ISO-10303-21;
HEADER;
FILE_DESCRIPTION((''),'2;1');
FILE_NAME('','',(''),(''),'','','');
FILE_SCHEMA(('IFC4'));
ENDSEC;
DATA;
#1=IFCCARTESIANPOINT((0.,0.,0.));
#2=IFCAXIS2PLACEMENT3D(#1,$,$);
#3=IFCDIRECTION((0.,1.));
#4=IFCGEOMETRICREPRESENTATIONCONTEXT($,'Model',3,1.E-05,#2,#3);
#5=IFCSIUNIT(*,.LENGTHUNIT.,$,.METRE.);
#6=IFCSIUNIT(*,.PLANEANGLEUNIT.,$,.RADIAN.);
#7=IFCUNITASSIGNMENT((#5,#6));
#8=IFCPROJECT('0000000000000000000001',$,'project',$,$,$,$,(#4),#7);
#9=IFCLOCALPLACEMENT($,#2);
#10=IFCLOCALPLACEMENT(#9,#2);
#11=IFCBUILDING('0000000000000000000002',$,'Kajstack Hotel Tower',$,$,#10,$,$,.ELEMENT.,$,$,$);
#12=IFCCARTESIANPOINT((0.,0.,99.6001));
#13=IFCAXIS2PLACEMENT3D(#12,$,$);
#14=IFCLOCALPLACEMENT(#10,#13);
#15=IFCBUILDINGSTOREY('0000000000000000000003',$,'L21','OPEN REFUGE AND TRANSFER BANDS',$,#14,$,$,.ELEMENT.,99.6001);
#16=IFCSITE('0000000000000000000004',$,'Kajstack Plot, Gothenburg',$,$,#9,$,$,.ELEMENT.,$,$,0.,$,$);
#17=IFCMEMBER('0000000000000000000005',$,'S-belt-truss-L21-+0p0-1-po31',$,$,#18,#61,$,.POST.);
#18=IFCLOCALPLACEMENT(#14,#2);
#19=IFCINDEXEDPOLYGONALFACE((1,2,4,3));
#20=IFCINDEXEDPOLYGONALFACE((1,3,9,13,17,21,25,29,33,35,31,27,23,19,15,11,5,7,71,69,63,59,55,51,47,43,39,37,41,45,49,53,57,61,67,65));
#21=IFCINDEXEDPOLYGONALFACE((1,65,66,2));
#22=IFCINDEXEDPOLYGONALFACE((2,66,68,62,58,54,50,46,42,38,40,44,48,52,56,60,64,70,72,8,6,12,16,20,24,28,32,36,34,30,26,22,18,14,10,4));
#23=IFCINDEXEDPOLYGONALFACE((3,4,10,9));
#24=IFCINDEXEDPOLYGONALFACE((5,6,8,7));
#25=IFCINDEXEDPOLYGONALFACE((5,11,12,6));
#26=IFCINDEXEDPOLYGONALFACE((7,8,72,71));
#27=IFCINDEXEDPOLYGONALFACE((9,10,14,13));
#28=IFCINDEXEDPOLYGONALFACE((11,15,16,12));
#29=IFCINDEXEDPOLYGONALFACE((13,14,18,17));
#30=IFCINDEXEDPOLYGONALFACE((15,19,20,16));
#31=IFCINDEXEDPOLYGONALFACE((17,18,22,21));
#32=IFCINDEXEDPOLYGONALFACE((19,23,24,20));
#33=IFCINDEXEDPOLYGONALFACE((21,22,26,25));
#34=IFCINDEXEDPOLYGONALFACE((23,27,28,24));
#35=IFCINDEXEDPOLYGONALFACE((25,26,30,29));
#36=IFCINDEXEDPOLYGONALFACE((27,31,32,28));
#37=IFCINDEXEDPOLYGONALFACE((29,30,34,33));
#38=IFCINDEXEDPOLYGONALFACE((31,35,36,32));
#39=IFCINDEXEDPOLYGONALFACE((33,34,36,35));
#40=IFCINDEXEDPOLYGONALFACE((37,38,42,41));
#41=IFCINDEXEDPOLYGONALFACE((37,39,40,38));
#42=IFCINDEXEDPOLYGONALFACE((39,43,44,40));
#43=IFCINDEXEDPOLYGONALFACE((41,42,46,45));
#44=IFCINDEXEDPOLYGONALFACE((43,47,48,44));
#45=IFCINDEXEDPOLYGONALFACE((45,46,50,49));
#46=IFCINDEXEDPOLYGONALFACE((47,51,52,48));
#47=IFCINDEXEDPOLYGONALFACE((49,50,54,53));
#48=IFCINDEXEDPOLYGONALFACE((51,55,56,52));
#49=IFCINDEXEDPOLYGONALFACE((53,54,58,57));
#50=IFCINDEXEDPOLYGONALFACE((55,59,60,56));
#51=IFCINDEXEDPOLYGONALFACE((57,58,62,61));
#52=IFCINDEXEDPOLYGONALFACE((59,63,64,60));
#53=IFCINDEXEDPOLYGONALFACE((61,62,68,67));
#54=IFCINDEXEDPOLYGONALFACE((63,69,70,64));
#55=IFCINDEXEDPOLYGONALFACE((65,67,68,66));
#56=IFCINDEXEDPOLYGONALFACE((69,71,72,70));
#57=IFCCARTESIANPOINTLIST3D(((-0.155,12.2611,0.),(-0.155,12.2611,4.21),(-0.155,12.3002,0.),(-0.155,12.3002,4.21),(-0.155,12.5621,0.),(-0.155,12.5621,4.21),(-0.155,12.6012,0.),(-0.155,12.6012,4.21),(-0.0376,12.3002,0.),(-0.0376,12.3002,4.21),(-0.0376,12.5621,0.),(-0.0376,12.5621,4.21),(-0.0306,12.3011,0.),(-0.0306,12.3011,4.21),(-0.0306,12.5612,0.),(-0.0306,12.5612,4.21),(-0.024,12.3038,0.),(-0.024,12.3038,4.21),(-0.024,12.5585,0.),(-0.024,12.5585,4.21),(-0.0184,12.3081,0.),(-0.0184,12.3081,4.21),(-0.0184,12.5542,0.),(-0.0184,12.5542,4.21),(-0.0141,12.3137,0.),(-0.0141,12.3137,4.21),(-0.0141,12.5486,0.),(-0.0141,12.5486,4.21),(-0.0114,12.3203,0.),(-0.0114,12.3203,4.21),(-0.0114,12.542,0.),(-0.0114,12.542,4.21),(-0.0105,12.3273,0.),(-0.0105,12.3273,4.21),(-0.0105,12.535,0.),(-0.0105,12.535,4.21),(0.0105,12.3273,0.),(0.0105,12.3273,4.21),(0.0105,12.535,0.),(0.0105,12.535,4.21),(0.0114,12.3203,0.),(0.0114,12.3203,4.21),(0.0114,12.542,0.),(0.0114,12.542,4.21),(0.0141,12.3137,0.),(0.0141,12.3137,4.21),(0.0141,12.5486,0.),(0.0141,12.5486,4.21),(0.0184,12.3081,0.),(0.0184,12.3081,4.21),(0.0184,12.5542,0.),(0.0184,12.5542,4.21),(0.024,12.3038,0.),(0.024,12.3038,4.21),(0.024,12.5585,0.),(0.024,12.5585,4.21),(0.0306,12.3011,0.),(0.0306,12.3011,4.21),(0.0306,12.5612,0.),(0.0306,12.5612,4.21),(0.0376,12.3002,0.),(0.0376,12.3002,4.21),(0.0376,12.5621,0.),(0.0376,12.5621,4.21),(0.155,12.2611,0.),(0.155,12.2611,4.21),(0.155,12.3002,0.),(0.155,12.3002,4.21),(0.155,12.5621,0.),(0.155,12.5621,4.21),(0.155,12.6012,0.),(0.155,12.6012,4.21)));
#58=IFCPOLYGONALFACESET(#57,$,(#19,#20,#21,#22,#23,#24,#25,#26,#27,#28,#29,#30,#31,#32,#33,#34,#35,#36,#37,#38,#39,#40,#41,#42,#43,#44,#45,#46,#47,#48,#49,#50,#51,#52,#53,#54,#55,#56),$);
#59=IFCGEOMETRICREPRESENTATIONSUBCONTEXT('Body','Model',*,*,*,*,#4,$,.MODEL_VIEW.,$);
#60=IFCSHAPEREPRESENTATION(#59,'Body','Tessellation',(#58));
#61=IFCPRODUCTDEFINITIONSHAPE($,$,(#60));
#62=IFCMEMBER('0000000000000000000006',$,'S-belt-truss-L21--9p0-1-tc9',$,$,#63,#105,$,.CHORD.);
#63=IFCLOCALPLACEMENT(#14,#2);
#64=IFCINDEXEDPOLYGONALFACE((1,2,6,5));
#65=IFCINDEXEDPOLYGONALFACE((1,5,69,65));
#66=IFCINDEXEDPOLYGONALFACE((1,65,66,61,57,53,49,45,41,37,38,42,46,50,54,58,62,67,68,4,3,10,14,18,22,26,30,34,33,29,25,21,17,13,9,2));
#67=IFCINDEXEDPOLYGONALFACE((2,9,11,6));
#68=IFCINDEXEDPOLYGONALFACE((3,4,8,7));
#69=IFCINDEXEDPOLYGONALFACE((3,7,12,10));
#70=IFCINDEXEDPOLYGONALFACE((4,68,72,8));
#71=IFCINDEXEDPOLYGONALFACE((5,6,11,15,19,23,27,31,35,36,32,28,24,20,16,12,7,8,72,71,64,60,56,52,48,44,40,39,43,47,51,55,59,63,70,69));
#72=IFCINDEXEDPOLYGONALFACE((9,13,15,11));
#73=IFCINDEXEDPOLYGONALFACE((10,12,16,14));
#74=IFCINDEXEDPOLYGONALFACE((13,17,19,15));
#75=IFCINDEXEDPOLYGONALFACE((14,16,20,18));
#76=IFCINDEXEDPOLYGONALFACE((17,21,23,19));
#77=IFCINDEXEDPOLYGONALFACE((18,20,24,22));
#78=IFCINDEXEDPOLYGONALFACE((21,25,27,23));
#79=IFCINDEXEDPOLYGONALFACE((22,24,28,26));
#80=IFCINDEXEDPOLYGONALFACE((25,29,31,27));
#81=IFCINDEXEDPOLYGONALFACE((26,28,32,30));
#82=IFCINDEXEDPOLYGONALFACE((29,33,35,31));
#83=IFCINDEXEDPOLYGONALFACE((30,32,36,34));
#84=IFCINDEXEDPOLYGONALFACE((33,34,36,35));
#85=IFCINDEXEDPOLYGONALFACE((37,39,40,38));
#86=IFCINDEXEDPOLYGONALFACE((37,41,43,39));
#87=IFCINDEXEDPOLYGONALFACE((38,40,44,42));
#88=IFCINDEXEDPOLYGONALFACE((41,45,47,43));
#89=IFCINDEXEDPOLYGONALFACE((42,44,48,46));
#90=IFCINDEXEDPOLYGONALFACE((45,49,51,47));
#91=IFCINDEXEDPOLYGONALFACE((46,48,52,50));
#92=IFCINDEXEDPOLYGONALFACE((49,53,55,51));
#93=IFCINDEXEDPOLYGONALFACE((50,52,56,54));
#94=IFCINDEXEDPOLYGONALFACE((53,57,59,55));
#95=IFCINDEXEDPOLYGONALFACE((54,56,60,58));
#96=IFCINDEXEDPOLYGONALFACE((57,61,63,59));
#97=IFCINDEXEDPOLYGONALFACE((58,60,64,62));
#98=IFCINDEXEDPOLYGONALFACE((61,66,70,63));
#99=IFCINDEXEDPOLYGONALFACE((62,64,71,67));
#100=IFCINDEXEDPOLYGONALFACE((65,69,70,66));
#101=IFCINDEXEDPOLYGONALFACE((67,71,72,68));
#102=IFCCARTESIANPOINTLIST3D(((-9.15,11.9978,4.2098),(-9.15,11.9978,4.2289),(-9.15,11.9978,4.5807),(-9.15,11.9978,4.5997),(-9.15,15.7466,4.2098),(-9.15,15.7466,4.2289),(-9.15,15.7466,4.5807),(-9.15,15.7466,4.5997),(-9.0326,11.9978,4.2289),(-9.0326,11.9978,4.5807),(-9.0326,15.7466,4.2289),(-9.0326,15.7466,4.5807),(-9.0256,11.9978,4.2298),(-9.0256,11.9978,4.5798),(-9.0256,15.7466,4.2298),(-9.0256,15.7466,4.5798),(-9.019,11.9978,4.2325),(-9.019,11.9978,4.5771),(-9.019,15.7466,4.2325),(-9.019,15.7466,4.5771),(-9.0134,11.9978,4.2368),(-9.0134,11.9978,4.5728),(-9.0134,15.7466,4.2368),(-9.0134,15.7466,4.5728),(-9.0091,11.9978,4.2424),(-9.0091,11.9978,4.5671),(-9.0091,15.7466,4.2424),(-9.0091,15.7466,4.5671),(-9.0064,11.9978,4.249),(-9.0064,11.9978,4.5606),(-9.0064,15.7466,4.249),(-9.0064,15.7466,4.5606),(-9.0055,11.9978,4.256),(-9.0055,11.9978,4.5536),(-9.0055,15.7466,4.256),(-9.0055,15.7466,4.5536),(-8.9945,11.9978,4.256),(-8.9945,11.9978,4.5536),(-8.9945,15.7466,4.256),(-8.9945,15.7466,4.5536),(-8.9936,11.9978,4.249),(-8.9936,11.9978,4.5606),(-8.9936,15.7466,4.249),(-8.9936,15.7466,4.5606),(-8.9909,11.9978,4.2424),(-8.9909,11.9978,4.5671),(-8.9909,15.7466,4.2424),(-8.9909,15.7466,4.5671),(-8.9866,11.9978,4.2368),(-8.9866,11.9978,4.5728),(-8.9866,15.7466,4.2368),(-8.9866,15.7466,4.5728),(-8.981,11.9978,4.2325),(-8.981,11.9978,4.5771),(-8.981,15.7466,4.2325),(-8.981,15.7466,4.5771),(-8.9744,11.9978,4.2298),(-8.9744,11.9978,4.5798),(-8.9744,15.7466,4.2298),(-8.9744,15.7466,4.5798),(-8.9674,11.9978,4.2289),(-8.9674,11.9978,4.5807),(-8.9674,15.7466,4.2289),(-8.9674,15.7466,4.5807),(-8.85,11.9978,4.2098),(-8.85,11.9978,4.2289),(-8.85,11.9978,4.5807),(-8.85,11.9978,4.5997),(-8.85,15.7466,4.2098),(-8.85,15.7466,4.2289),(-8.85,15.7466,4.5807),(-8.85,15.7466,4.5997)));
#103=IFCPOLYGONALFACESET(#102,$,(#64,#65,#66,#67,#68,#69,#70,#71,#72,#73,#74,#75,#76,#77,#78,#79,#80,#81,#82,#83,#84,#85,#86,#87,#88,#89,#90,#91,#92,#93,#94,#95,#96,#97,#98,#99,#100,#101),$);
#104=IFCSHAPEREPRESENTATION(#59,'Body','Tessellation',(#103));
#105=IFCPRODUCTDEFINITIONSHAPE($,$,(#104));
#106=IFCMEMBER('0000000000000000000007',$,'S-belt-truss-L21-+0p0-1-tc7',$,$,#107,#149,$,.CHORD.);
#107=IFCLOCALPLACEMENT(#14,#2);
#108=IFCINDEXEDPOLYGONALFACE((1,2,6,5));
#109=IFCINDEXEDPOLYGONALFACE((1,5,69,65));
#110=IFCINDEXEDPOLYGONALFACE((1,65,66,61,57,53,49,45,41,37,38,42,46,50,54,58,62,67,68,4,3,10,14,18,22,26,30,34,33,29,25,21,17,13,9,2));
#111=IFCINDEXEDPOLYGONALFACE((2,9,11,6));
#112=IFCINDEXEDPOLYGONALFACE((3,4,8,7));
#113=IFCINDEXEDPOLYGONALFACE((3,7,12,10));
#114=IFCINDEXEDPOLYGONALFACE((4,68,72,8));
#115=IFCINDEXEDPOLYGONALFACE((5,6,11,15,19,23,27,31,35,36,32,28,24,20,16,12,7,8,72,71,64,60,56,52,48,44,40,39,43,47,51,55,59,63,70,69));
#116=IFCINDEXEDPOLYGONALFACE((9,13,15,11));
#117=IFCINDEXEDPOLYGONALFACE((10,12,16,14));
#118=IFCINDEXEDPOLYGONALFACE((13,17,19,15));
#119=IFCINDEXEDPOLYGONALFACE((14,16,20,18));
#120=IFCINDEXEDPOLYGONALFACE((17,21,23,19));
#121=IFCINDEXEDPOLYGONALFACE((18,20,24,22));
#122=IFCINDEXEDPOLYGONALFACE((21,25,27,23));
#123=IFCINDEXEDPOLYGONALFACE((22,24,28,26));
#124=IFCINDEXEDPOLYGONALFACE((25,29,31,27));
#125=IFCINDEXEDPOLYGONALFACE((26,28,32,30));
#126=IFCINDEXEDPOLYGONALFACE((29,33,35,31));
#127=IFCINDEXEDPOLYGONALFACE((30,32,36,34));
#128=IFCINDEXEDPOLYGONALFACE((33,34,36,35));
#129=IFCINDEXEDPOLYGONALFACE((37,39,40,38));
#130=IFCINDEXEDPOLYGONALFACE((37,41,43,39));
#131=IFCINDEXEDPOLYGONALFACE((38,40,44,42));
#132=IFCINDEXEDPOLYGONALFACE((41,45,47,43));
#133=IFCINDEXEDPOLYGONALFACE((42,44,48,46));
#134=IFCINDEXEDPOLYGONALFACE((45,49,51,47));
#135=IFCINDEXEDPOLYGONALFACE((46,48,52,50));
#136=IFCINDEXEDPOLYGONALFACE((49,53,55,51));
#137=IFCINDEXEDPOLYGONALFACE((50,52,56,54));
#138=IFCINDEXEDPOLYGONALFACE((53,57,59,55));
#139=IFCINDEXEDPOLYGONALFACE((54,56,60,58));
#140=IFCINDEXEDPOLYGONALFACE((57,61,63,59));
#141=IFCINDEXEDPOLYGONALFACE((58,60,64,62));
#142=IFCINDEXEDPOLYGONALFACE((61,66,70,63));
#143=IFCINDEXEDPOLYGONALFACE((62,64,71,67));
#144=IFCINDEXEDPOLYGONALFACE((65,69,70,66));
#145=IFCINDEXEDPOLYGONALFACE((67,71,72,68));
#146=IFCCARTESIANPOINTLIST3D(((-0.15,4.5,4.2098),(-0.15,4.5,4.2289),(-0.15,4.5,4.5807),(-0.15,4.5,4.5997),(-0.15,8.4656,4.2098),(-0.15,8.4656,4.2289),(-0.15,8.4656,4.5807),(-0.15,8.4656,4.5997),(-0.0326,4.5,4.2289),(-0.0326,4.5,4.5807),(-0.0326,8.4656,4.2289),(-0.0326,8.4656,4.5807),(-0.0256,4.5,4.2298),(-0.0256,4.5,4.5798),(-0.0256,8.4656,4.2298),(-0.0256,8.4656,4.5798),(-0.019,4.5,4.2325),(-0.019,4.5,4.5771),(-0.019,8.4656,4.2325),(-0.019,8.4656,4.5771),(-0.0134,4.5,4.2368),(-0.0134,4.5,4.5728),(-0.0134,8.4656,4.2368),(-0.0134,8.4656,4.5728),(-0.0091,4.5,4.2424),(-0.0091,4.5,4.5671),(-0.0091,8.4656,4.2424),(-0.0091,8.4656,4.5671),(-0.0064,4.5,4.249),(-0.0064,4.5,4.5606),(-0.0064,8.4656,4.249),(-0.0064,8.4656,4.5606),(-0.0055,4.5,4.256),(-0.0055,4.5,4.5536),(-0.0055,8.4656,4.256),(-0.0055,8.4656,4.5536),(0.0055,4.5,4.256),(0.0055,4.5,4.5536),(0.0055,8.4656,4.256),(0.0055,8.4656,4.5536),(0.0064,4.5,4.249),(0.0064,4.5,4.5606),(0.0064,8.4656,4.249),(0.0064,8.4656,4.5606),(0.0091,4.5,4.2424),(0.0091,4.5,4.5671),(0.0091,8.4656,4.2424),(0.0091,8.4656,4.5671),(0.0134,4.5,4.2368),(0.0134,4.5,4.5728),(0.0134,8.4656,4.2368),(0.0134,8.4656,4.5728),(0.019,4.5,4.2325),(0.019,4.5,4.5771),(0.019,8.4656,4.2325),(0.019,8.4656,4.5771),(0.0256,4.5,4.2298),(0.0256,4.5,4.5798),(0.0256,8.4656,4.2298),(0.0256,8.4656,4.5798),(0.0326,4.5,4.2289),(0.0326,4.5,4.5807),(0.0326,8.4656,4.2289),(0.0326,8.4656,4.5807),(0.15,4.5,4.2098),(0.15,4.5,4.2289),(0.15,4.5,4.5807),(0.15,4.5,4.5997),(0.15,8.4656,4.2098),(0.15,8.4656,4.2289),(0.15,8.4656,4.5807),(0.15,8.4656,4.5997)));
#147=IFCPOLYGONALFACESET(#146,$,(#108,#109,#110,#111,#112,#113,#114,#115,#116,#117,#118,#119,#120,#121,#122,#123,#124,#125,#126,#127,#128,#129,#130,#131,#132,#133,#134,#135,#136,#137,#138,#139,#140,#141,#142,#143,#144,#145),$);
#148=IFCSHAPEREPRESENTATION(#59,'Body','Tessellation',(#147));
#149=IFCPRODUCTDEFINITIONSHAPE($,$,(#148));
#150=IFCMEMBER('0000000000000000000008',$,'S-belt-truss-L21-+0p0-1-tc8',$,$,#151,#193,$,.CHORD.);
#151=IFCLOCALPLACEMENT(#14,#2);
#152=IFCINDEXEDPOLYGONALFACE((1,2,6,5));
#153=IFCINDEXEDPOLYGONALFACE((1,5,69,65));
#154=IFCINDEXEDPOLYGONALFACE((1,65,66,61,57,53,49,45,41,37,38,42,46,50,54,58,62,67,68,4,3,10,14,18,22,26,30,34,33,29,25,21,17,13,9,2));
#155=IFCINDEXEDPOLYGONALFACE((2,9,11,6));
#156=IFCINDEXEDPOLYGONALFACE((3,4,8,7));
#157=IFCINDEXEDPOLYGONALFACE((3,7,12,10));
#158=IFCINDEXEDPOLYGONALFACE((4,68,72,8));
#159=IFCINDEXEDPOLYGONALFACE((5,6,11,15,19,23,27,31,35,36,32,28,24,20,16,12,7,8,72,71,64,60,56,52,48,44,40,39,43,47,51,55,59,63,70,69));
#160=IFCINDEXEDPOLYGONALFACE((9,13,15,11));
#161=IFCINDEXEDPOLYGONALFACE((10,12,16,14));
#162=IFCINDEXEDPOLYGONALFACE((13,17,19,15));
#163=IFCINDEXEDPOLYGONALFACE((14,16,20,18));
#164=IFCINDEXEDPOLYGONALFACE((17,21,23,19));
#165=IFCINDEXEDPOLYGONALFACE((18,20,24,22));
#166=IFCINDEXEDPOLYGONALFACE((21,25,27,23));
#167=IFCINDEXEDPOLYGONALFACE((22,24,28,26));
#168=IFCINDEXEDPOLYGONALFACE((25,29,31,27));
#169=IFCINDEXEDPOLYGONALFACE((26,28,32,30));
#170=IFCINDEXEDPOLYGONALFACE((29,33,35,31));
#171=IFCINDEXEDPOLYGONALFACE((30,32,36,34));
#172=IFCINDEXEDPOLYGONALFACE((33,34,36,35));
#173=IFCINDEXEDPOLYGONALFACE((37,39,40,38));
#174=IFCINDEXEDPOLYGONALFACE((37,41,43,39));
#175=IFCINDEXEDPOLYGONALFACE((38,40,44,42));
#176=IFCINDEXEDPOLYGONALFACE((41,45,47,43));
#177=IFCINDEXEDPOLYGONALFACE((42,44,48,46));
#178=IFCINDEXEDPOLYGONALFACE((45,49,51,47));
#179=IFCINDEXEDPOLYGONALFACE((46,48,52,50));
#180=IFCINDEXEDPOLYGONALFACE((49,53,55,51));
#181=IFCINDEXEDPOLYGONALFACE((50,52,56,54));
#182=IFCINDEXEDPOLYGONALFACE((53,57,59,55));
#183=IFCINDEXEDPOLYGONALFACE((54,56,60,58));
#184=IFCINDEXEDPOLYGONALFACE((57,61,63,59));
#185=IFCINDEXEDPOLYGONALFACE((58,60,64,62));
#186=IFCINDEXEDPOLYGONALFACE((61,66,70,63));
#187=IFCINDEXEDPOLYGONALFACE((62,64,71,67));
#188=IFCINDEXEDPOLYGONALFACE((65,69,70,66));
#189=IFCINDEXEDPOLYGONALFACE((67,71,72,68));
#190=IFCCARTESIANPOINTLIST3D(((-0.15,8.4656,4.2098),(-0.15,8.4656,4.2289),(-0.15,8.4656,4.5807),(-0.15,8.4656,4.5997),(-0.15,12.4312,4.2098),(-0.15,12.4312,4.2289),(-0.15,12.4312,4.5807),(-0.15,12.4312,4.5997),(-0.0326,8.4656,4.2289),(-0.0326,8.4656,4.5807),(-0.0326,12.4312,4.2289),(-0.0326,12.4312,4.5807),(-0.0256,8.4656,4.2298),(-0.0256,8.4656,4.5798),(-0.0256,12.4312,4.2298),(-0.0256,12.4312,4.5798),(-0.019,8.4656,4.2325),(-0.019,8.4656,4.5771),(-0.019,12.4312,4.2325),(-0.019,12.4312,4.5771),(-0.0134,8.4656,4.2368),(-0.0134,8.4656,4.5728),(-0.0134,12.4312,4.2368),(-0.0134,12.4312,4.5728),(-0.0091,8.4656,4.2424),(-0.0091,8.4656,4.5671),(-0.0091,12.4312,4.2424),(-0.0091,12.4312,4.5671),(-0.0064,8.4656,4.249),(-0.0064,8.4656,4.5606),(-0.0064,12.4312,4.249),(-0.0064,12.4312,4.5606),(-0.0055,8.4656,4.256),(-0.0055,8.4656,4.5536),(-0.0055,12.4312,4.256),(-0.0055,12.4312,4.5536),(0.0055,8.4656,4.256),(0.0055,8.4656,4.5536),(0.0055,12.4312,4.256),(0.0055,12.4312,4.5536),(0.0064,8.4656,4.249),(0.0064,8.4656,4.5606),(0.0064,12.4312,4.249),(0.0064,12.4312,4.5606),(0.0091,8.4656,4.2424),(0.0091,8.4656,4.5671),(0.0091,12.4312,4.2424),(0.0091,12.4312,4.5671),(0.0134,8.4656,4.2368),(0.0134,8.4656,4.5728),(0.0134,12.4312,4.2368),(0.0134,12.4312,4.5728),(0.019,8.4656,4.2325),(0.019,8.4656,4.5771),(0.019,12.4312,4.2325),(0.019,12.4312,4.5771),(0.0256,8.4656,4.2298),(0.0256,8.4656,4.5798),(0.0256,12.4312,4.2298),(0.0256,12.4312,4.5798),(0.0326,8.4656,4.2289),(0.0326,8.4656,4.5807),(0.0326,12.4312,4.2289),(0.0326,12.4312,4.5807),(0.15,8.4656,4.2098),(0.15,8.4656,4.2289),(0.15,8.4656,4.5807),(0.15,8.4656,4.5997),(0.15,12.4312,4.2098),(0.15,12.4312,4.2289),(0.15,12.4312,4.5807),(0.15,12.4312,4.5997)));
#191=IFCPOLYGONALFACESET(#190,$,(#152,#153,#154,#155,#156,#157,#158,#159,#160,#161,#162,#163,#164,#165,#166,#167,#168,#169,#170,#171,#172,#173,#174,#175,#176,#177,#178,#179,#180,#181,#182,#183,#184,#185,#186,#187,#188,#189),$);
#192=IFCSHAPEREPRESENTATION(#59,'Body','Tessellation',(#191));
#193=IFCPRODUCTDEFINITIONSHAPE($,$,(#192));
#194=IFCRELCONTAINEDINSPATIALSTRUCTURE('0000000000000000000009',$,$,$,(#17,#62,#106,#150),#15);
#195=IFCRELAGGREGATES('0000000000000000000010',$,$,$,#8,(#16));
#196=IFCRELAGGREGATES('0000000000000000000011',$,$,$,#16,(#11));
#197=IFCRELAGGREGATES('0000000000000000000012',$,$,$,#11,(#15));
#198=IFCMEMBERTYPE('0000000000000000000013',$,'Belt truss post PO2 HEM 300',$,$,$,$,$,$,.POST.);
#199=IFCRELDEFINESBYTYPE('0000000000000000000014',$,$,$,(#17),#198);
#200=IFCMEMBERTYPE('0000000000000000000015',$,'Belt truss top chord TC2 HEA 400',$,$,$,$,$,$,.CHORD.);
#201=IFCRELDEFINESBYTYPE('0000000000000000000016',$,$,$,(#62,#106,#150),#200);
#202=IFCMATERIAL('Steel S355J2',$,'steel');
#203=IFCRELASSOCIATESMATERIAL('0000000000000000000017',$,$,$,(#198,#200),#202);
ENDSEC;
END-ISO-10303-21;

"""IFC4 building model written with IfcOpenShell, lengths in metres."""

from ifc_helpers import new_model, si_unit, direction, frame, origin, origin_2d, place, context, subcontext, project, spatial, i_section, extrude, material, material_profile, profile_set, type_object, element, save


model = new_model("IFC4")

# Units and contexts
model_context = context("Model", 3, precision=1e-05, world=origin(), true_north=direction((0.0, 1.0)))
body_context = subcontext(model_context, "Body", "Model", "MODEL_VIEW")
ifc_project = project(units=[si_unit("LENGTHUNIT", "METRE"), si_unit("PLANEANGLEUNIT", "RADIAN")], contexts=[model_context])

# Site, building, storey
site_placement = place(None, origin())
site = spatial("IfcSite", under=ifc_project, at=site_placement, Name="Kajstack Plot, Gothenburg", CompositionType="ELEMENT", RefElevation=0.0)
building_placement = place(site_placement, origin())
building = spatial("IfcBuilding", under=site, at=building_placement, Name="Kajstack Hotel Tower", CompositionType="ELEMENT")
storey_placement = place(building_placement, frame((0.0, 0.0, 99.6001)))
storey = spatial("IfcBuildingStorey", under=building, at=storey_placement, Name="L21", Description="OPEN REFUGE AND TRANSFER BANDS", CompositionType="ELEMENT", Elevation=99.6001)

# Members
ifc_material_1 = material(Name="Steel S355J2", Category="steel")
ifc_material_profile_1 = material_profile(ifc_material_1, i_section(OverallWidth=0.3101, OverallDepth=0.3401, WebThickness=0.021, FlangeThickness=0.0391, FilletRadius=0.0271, at=origin_2d()), Name="HEM 300")
ifc_profile_set_1 = profile_set([ifc_material_profile_1], Name="Steel S355J2")
member_type_1 = type_object("IfcMemberType", Name="Belt truss post PO2 HEM 300", PredefinedType="POST", material=ifc_profile_set_1)
for number, where, z_axis, x_axis, name in (
    (1, (0.0, 12.4312, 0.0), (0.0, 0.0, 1.0), (1.0, 0.0, 0.0), "S-belt-truss-L21-+0p0-1-po31"),
):
    element("IfcMember", number, at=place(storey_placement, frame(where, z_axis=z_axis, x_axis=x_axis)), inside=storey, type_object=member_type_1, Name=name, PredefinedType="POST", context=body_context, shape_type="SweptSolid", body=[
        extrude(i_section(OverallWidth=0.3101, OverallDepth=0.3401, WebThickness=0.021, FlangeThickness=0.0391, FilletRadius=0.0271, at=origin_2d()), origin(), (0.0, 0.0, 1.0), 4.21),
    ])
ifc_material_profile_2 = material_profile(ifc_material_1, i_section(OverallWidth=0.3, OverallDepth=0.3899, WebThickness=0.011, FlangeThickness=0.019, FilletRadius=0.0271, at=origin_2d()), Name="HEA 400")
ifc_profile_set_2 = profile_set([ifc_material_profile_2], Name="Steel S355J2")
member_type_2 = type_object("IfcMemberType", Name="Belt truss top chord TC2 HEA 400", PredefinedType="CHORD", material=ifc_profile_set_2)
member_1_placement = place(storey_placement, frame((-9.0, 11.9978, 4.4048), z_axis=(0.0, 1.0, 0.0), x_axis=(-1.0, 0.0, 0.0)))
element("IfcMember", 2, at=member_1_placement, inside=storey, type_object=member_type_2, Name="S-belt-truss-L21--9p0-1-tc9", PredefinedType="CHORD", context=body_context, shape_type="SweptSolid", body=[
    extrude(i_section(OverallWidth=0.3, OverallDepth=0.3899, WebThickness=0.011, FlangeThickness=0.019, FilletRadius=0.0271, at=origin_2d()), origin(), (0.0, 0.0, 1.0), 3.7488),
])
for number, where, z_axis, x_axis, name in (
    (3, (0.0, 4.5, 4.4048), (0.0, 1.0, 0.0), (-1.0, 0.0, 0.0), "S-belt-truss-L21-+0p0-1-tc7"),
    (4, (0.0, 8.4656, 4.4048), (0.0, 1.0, 0.0), (-1.0, 0.0, 0.0), "S-belt-truss-L21-+0p0-1-tc8"),
):
    element("IfcMember", number, at=place(storey_placement, frame(where, z_axis=z_axis, x_axis=x_axis)), inside=storey, type_object=member_type_2, Name=name, PredefinedType="CHORD", context=body_context, shape_type="SweptSolid", body=[
        extrude(i_section(OverallWidth=0.3, OverallDepth=0.3899, WebThickness=0.011, FlangeThickness=0.019, FilletRadius=0.0271, at=origin_2d()), origin(), (0.0, 0.0, 1.0), 3.9656),
    ])

save(model, "model.ifc")
